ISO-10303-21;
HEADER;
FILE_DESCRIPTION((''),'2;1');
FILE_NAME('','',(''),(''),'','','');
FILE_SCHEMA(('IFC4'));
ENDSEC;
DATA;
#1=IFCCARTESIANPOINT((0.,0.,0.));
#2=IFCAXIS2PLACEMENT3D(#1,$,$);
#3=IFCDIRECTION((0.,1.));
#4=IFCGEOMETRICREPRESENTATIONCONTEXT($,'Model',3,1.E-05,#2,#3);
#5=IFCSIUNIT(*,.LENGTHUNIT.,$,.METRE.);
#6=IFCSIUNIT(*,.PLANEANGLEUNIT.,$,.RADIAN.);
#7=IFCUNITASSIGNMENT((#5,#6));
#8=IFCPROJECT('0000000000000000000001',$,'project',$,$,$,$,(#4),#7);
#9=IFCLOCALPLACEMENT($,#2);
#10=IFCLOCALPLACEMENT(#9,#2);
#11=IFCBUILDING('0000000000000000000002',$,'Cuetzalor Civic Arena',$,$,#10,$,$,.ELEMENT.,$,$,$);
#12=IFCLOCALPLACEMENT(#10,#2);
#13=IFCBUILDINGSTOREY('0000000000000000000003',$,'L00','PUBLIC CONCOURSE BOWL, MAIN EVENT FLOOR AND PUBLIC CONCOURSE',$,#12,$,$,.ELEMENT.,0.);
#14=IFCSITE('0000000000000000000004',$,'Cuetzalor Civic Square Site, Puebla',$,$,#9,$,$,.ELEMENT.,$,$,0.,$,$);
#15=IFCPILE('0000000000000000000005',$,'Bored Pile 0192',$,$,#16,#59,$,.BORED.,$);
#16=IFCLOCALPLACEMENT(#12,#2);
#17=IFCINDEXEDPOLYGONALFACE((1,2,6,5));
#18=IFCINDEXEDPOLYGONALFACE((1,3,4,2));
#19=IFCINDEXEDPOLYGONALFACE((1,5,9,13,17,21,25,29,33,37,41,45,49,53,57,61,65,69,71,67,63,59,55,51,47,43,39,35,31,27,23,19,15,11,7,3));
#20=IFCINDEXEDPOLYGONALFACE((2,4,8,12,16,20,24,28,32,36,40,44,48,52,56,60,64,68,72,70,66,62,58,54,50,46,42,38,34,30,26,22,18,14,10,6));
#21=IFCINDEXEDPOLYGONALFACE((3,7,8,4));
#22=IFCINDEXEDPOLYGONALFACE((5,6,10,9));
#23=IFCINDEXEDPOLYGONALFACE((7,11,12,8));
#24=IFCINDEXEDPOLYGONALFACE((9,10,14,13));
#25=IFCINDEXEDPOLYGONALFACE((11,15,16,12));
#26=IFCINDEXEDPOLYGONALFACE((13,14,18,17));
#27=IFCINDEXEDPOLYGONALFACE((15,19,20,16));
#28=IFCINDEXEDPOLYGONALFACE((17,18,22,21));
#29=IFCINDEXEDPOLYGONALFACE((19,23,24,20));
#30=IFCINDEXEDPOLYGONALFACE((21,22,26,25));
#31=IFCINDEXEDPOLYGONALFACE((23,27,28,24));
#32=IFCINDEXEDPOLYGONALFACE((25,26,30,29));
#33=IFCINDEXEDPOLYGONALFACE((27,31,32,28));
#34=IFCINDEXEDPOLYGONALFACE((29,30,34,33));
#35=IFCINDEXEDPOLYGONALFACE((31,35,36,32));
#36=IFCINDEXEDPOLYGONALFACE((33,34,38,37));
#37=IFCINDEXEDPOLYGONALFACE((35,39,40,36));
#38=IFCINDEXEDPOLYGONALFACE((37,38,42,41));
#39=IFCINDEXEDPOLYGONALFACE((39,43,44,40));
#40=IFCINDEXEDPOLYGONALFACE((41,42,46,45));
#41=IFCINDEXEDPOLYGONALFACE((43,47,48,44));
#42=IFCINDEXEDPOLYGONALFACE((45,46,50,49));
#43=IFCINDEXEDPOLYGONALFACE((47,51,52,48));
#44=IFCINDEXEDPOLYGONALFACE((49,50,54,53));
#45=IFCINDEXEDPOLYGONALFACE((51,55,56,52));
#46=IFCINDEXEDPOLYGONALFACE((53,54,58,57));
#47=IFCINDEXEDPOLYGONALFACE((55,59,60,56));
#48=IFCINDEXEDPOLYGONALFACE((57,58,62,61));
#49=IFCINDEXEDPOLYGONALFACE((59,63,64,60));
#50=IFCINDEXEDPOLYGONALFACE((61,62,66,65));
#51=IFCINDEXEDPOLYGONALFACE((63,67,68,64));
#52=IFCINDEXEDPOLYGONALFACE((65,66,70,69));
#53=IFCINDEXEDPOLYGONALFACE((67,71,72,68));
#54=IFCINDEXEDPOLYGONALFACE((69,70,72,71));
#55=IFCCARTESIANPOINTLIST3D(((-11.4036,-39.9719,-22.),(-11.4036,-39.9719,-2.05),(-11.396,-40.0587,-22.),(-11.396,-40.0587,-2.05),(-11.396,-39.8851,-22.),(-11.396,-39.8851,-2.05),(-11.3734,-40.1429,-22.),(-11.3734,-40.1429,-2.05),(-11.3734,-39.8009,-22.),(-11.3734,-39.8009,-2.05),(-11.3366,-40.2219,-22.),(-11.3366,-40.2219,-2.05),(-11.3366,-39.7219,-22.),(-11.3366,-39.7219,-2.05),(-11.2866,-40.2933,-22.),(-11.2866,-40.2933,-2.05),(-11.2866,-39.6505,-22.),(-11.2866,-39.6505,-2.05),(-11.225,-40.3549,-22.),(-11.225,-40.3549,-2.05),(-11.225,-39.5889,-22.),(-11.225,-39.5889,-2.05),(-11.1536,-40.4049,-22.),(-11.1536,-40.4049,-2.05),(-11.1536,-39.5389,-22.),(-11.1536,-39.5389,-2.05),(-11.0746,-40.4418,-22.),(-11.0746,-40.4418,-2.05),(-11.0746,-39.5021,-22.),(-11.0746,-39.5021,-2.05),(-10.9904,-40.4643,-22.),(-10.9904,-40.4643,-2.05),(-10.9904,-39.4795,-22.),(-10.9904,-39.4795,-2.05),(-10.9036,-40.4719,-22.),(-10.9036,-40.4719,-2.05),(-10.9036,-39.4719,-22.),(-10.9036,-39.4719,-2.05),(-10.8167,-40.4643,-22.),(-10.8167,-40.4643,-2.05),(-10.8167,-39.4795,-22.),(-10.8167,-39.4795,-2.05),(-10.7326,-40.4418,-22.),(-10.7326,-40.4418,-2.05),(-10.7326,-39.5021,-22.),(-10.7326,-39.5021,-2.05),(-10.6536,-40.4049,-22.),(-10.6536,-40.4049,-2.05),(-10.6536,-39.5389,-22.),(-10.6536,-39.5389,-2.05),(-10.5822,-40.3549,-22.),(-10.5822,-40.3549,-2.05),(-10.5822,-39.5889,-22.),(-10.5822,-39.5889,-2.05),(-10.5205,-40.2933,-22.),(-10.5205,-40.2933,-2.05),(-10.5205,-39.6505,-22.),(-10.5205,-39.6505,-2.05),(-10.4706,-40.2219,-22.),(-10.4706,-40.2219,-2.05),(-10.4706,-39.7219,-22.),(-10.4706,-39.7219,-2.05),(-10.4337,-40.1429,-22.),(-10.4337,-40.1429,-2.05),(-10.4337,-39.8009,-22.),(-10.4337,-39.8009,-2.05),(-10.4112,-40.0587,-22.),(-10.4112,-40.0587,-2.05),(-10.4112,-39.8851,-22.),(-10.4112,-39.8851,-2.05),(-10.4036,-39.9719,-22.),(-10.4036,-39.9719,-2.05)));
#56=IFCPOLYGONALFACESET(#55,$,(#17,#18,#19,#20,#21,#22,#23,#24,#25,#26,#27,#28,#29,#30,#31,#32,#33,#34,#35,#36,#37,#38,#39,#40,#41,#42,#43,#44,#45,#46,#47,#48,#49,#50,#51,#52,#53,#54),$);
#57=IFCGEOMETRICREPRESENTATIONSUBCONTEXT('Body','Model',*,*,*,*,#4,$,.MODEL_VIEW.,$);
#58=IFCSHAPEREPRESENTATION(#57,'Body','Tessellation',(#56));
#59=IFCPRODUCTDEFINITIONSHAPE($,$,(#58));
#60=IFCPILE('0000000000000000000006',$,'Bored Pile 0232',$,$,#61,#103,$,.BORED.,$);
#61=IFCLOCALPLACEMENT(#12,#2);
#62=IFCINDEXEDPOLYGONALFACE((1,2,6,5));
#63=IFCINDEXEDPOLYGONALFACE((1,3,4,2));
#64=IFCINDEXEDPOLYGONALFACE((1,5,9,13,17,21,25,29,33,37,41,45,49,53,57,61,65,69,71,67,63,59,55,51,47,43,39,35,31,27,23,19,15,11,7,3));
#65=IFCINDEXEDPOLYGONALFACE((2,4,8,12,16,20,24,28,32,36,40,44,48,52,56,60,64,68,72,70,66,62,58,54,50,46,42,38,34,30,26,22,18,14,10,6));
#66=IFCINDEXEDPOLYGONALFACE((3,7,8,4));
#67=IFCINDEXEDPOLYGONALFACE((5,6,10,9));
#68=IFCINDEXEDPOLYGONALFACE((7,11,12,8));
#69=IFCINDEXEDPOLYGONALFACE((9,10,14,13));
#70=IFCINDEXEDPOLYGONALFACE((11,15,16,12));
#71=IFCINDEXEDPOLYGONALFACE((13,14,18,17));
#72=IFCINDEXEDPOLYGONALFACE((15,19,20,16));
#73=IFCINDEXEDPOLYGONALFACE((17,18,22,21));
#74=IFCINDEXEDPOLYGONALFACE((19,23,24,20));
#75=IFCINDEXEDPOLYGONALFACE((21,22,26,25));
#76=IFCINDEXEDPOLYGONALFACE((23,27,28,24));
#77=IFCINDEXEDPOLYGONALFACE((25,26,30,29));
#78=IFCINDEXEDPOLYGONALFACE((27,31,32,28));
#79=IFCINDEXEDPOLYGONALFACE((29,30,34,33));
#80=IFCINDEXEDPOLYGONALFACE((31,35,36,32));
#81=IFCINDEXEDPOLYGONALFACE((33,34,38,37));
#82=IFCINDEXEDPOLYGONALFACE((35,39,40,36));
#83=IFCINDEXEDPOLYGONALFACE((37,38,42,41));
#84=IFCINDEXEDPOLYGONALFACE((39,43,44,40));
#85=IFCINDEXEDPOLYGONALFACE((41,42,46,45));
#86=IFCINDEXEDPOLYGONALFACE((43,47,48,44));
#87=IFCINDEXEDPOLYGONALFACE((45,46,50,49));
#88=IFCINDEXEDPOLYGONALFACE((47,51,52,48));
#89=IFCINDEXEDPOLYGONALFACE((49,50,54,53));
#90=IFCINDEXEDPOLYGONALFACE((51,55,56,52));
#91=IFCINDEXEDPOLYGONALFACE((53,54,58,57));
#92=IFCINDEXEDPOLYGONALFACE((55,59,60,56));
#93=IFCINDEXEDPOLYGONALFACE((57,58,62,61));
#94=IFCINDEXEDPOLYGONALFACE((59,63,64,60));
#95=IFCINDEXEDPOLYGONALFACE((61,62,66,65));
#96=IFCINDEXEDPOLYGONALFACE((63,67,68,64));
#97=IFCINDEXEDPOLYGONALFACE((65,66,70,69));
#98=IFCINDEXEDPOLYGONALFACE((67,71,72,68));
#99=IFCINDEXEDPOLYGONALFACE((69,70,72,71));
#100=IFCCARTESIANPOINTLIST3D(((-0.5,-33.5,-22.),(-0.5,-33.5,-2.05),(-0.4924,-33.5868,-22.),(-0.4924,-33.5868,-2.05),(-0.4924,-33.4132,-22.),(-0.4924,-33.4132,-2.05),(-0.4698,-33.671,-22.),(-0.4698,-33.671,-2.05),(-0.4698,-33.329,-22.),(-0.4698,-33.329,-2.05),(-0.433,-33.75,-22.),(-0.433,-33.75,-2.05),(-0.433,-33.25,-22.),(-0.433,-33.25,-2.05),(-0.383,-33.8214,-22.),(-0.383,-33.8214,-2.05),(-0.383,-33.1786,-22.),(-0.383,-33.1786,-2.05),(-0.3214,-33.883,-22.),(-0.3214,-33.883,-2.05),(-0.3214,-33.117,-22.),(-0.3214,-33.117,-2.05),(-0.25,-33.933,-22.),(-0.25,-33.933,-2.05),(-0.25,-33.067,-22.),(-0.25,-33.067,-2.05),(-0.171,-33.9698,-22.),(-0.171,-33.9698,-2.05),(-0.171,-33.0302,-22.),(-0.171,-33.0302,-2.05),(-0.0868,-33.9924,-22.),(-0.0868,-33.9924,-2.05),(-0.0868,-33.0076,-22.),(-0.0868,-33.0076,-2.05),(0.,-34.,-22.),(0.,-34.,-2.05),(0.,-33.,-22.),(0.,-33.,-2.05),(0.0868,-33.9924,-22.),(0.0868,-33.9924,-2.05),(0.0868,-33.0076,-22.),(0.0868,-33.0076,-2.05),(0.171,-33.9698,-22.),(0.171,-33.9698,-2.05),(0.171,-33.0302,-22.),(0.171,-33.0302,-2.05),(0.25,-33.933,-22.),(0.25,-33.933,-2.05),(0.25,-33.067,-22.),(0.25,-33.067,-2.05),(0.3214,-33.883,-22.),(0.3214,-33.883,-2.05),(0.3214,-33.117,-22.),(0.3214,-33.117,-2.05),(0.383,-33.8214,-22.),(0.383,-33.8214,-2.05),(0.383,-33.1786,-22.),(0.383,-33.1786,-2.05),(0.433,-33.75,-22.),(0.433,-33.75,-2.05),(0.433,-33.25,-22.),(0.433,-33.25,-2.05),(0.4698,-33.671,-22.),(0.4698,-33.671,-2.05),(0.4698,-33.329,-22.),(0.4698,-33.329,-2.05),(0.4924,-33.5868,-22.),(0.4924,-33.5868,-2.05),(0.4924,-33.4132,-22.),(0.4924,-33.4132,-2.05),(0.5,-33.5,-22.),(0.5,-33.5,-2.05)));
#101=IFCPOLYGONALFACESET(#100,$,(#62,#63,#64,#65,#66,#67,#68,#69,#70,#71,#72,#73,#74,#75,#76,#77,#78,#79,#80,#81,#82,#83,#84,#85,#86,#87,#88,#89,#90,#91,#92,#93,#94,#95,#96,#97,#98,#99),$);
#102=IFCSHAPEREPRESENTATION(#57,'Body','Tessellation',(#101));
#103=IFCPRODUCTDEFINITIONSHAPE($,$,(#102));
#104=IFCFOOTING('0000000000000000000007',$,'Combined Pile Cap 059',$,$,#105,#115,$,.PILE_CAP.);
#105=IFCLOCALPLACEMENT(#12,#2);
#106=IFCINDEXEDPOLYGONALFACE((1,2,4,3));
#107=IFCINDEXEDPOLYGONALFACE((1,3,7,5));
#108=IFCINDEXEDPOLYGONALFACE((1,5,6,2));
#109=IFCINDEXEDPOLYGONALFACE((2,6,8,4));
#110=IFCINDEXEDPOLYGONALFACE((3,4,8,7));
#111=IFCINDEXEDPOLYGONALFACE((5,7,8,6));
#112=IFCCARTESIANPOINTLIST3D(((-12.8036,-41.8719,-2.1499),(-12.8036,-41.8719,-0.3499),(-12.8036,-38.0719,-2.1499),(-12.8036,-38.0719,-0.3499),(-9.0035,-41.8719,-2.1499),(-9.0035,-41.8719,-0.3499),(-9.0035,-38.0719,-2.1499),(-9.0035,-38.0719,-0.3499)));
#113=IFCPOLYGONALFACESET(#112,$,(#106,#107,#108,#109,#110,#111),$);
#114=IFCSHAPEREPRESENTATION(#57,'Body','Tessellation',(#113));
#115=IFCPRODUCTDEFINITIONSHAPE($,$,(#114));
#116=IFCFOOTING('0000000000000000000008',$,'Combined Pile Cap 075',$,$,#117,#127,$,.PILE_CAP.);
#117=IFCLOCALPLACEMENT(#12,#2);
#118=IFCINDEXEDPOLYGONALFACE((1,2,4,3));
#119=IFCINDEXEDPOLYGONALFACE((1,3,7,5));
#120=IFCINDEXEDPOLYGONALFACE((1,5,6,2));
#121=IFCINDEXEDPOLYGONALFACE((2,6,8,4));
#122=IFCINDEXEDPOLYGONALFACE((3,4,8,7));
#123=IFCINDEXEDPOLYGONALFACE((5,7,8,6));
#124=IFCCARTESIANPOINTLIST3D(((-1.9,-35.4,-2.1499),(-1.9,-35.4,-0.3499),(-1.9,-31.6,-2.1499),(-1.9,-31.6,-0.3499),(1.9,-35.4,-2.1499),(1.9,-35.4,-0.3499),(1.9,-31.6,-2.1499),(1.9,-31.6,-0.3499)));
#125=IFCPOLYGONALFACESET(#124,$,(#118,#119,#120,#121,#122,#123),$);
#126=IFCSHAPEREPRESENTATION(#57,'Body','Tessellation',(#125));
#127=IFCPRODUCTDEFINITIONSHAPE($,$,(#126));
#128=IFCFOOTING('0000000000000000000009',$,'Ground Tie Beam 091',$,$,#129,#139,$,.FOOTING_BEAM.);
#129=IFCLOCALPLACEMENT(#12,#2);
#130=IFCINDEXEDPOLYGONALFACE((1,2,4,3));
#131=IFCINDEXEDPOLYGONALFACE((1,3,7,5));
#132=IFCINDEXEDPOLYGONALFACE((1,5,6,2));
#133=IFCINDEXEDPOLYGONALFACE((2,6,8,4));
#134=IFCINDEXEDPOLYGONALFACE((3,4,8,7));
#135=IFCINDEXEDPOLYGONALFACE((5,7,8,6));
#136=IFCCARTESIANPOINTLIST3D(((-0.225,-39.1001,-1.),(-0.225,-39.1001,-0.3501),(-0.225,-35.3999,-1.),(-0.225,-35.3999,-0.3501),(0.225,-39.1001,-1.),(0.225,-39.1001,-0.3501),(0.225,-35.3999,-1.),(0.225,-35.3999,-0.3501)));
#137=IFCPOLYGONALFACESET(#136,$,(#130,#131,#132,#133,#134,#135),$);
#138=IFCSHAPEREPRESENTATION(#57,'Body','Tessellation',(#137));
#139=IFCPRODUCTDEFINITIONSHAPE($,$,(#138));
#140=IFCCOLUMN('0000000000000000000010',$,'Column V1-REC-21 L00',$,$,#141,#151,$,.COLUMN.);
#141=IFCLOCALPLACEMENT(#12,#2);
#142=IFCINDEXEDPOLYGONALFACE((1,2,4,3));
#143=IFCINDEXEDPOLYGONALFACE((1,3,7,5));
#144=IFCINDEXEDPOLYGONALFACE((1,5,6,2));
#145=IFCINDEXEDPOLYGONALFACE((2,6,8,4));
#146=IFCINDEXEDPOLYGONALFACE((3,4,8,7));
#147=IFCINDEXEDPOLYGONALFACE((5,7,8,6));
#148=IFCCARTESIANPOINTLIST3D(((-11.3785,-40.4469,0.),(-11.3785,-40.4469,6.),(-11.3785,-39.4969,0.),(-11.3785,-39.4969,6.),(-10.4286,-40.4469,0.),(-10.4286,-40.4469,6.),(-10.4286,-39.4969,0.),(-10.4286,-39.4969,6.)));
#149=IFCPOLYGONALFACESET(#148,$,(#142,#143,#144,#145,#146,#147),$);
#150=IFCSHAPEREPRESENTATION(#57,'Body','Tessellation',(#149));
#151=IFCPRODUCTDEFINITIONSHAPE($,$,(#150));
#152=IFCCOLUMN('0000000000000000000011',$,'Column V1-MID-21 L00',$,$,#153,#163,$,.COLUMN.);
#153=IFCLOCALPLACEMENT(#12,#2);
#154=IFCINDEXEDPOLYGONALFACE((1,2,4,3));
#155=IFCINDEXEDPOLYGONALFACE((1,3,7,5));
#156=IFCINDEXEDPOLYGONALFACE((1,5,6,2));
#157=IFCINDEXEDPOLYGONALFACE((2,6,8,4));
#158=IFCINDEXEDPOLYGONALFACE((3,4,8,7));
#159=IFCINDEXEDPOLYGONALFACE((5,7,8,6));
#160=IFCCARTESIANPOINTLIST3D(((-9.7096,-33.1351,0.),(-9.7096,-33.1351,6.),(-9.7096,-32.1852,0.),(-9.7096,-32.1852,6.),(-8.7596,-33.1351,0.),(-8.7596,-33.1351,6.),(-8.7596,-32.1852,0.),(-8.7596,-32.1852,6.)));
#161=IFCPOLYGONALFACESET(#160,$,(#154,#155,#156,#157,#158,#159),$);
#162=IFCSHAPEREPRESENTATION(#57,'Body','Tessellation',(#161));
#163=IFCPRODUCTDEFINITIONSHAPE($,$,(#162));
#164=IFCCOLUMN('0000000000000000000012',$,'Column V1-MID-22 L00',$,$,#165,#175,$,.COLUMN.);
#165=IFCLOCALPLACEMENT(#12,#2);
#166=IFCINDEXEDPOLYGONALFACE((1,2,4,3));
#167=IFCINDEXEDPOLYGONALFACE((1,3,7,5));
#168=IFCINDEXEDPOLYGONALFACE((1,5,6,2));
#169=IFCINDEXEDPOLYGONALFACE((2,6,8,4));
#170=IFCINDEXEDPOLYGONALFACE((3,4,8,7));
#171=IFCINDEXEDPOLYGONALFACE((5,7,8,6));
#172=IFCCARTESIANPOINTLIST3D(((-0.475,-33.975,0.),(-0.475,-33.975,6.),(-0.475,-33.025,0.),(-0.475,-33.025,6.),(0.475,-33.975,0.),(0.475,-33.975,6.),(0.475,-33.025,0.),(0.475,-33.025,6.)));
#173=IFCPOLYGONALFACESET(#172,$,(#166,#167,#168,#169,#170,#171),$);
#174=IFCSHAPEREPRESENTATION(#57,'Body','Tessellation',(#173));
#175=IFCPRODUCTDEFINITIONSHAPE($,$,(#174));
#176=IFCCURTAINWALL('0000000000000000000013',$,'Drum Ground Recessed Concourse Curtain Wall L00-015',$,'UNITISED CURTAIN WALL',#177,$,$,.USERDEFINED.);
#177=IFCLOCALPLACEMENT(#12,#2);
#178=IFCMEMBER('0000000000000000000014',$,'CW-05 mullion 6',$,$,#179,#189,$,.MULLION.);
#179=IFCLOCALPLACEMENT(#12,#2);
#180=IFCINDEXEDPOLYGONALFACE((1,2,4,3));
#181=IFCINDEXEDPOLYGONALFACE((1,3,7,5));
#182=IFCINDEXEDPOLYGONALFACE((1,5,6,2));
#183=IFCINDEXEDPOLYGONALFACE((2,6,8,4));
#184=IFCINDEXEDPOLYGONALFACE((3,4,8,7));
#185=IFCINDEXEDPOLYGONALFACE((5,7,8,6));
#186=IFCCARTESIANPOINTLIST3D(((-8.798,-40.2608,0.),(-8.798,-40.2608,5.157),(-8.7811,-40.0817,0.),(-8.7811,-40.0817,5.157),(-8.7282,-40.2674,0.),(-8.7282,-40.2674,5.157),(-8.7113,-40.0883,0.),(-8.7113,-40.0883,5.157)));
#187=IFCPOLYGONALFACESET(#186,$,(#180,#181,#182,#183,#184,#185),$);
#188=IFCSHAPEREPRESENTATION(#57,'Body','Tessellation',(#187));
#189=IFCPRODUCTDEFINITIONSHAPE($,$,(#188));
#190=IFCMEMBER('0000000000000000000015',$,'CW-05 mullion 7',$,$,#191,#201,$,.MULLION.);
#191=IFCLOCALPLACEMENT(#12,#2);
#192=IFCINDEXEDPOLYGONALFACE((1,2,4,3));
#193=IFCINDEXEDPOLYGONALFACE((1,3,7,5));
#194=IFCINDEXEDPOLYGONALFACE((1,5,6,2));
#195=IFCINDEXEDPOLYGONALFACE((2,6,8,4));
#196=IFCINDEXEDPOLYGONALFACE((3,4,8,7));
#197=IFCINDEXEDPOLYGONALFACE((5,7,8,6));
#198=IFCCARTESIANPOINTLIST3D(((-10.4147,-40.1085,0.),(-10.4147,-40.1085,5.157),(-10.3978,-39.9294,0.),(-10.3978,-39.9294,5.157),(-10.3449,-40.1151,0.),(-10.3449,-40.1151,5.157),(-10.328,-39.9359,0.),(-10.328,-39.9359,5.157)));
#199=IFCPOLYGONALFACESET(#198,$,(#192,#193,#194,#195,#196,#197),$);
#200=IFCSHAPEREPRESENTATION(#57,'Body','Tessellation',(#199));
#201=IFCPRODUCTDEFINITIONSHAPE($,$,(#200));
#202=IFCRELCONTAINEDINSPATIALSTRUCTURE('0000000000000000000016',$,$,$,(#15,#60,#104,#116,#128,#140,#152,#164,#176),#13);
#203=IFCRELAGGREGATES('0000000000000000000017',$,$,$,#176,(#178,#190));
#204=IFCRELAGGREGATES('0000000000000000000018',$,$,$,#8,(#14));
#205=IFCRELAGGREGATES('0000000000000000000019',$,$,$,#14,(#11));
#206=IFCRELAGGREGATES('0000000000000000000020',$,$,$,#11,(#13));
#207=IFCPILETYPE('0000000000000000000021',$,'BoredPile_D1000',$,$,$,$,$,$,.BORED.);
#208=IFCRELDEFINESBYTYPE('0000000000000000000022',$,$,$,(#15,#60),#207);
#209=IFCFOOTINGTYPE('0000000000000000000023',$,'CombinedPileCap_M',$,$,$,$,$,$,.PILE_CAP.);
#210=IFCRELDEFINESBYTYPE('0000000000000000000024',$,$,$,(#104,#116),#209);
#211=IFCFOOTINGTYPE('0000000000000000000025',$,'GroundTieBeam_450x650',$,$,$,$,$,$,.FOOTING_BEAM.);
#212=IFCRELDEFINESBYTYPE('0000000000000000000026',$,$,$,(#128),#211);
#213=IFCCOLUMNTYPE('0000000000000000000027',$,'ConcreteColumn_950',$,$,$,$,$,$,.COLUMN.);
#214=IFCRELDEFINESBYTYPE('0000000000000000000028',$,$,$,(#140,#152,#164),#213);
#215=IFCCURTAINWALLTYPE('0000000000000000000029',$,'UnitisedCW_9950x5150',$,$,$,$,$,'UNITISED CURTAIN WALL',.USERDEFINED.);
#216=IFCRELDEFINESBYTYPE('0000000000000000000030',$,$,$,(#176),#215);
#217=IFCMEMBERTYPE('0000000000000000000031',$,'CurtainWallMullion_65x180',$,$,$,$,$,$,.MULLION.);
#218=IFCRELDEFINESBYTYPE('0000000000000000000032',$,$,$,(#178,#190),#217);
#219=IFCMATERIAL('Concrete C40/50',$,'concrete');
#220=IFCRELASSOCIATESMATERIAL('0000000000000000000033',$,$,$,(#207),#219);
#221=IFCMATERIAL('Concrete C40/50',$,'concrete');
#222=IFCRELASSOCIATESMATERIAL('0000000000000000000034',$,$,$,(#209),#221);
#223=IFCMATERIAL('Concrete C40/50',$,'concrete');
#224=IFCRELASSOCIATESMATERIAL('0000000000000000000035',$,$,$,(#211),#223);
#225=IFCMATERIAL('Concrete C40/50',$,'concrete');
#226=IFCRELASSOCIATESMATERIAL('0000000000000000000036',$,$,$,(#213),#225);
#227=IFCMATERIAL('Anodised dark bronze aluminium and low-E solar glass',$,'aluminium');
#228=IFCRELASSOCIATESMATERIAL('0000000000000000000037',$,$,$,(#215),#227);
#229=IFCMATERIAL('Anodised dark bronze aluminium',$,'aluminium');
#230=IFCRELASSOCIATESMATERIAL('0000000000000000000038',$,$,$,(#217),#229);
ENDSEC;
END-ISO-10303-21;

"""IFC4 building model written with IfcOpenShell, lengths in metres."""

from ifc_helpers import new_model, si_unit, direction, frame, origin, origin_2d, place, context, subcontext, project, spatial, rectangle, circle, extrude, material, material_profile, profile_set, type_object, element, aggregate, save


model = new_model("IFC4")

# Units and contexts
model_context = context("Model", 3, precision=1e-05, world=origin(), true_north=direction((0.0, 1.0)))
body_context = subcontext(model_context, "Body", "Model", "MODEL_VIEW")
ifc_project = project(units=[si_unit("LENGTHUNIT", "METRE"), si_unit("PLANEANGLEUNIT", "RADIAN")], contexts=[model_context])

# Site, building, storey
site_placement = place(None, origin())
site = spatial("IfcSite", under=ifc_project, at=site_placement, Name="Cuetzalor Civic Square Site, Puebla", CompositionType="ELEMENT", RefElevation=0.0)
building_placement = place(site_placement, origin())
building = spatial("IfcBuilding", under=site, at=building_placement, Name="Cuetzalor Civic Arena", CompositionType="ELEMENT")
storey_placement = place(building_placement, origin())
storey = spatial("IfcBuildingStorey", under=building, at=storey_placement, Name="L00", Description="PUBLIC CONCOURSE BOWL, MAIN EVENT FLOOR AND PUBLIC CONCOURSE", CompositionType="ELEMENT", Elevation=0.0)

# Piles
ifc_material_1 = material(Name="Concrete C40/50", Category="concrete")
ifc_material_profile_1 = material_profile(ifc_material_1, circle(Radius=0.5, at=origin_2d()), Name="BORED PILE D1000")
ifc_profile_set_1 = profile_set([ifc_material_profile_1], Name="Concrete C40/50")
pile_type = type_object("IfcPileType", Name="BoredPile_D1000", PredefinedType="BORED", material=ifc_profile_set_1)
for number, where, z_axis, x_axis, name in (
    (1, (-10.9036, -39.9719, -2.05), (0.0, 0.0, -1.0), (1.0, 0.0, 0.0), "Bored Pile 0192"),
    (2, (0.0, -33.5, -2.05), (0.0, 0.0, -1.0), (1.0, 0.0, 0.0), "Bored Pile 0232"),
):
    element("IfcPile", number, at=place(storey_placement, frame(where, z_axis=z_axis, x_axis=x_axis)), inside=storey, type_object=pile_type, Name=name, PredefinedType="BORED", context=body_context, shape_type="SweptSolid", body=[
        extrude(circle(Radius=0.5, at=origin_2d()), origin(), (0.0, 0.0, 1.0), 19.95),
    ])

# Footings
ifc_material_2 = material(Name="Concrete C40/50", Category="concrete")
footing_type_1 = type_object("IfcFootingType", Name="CombinedPileCap_M", PredefinedType="PILE_CAP", material=ifc_material_2)
for number, where, z_axis, x_axis, name in (
    (3, (-10.9036, -39.9719, -2.1499), (0.0, 0.0, 1.0), (1.0, 0.0, 0.0), "Combined Pile Cap 059"),
    (4, (0.0, -33.5, -2.1499), (0.0, 0.0, 1.0), (1.0, 0.0, 0.0), "Combined Pile Cap 075"),
):
    element("IfcFooting", number, at=place(storey_placement, frame(where, z_axis=z_axis, x_axis=x_axis)), inside=storey, type_object=footing_type_1, Name=name, PredefinedType="PILE_CAP", context=body_context, shape_type="SweptSolid", body=[
        extrude(rectangle(XDim=3.8, YDim=3.8, at=origin_2d()), origin(), (0.0, 0.0, 1.0), 1.8),
    ])
ifc_material_3 = material(Name="Concrete C40/50", Category="concrete")
ifc_material_profile_2 = material_profile(ifc_material_3, rectangle(XDim=0.45, YDim=0.6499, at=origin_2d()), Name="RC 450x650")
ifc_profile_set_2 = profile_set([ifc_material_profile_2], Name="Concrete C40/50")
footing_type_2 = type_object("IfcFootingType", Name="GroundTieBeam_450x650", PredefinedType="FOOTING_BEAM", material=ifc_profile_set_2)
footing_placement = place(storey_placement, frame((0.0, -39.1001, -0.675), z_axis=(0.0, 1.0, 0.0), x_axis=(-1.0, 0.0, 0.0)))
element("IfcFooting", 5, at=footing_placement, inside=storey, type_object=footing_type_2, Name="Ground Tie Beam 091", PredefinedType="FOOTING_BEAM", context=body_context, shape_type="SweptSolid", body=[
    extrude(rectangle(XDim=0.45, YDim=0.6499, at=origin_2d()), origin(), (0.0, 0.0, 1.0), 3.7002),
])

# Columns
ifc_material_4 = material(Name="Concrete C40/50", Category="concrete")
ifc_material_profile_3 = material_profile(ifc_material_4, rectangle(XDim=0.95, YDim=0.95, at=origin_2d()), Name="RC 950x950")
ifc_profile_set_3 = profile_set([ifc_material_profile_3], Name="Concrete C40/50")
column_type = type_object("IfcColumnType", Name="ConcreteColumn_950", PredefinedType="COLUMN", material=ifc_profile_set_3)
for number, where, z_axis, x_axis, name in (
    (6, (-10.9036, -39.9719, 0.0), (0.0, 0.0, 1.0), (1.0, 0.0, 0.0), "Column V1-REC-21 L00"),
    (7, (-9.2346, -32.6602, 0.0), (0.0, 0.0, 1.0), (1.0, 0.0, 0.0), "Column V1-MID-21 L00"),
    (8, (0.0, -33.5, 0.0), (0.0, 0.0, 1.0), (1.0, 0.0, 0.0), "Column V1-MID-22 L00"),
):
    element("IfcColumn", number, at=place(storey_placement, frame(where, z_axis=z_axis, x_axis=x_axis)), inside=storey, type_object=column_type, Name=name, PredefinedType="COLUMN", context=body_context, shape_type="SweptSolid", body=[
        extrude(rectangle(XDim=0.95, YDim=0.95, at=origin_2d()), origin(), (0.0, 0.0, 1.0), 6.0),
    ])

# Curtain wall, members
ifc_material_5 = material(Name="Anodised dark bronze aluminium and low-E solar glass", Category="aluminium")
curtain_wall_type = type_object("IfcCurtainWallType", Name="UnitisedCW_9950x5150", ElementType="UNITISED CURTAIN WALL", PredefinedType="USERDEFINED", material=ifc_material_5)
curtain_wall_placement = place(storey_placement, origin())
curtain_wall = element("IfcCurtainWall", 9, at=curtain_wall_placement, inside=storey, type_object=curtain_wall_type, Name="Drum Ground Recessed Concourse Curtain Wall L00-015", ObjectType="UNITISED CURTAIN WALL", PredefinedType="USERDEFINED")
ifc_material_6 = material(Name="Anodised dark bronze aluminium", Category="aluminium")
ifc_material_profile_4 = material_profile(ifc_material_6, rectangle(XDim=0.0701, YDim=0.1799, at=origin_2d()), Name="ALU MULLION 70x180")
ifc_profile_set_4 = profile_set([ifc_material_profile_4], Name="Anodised dark bronze aluminium")
member_type_1 = type_object("IfcMemberType", Name="CurtainWallMullion_65x180", PredefinedType="MULLION", material=ifc_profile_set_4)
member_1_placement = place(storey_placement, frame((-8.7546, -40.1746, 0.0), z_axis=(0.0, 0.0, 1.0), x_axis=(-0.995585, 0.093863, 0.0)))
member_1 = element("IfcMember", 10, at=member_1_placement, type_object=member_type_1, Name="CW-05 mullion 6", PredefinedType="MULLION", context=body_context, shape_type="SweptSolid", body=[
    extrude(rectangle(XDim=0.0701, YDim=0.1799, at=origin_2d()), origin(), (0.0, 0.0, 1.0), 5.157),
])
member_2_placement = place(storey_placement, frame((-10.3713, -40.0222, 0.0), z_axis=(0.0, 0.0, 1.0), x_axis=(-0.995585, 0.093863, 0.0)))
member_2 = element("IfcMember", 11, at=member_2_placement, type_object=member_type_1, Name="CW-05 mullion 7", PredefinedType="MULLION", context=body_context, shape_type="SweptSolid", body=[
    extrude(rectangle(XDim=0.0701, YDim=0.1799, at=origin_2d()), origin(), (0.0, 0.0, 1.0), 5.157),
])

aggregate(curtain_wall, [member_1, member_2])

save(model, "model.ifc")
